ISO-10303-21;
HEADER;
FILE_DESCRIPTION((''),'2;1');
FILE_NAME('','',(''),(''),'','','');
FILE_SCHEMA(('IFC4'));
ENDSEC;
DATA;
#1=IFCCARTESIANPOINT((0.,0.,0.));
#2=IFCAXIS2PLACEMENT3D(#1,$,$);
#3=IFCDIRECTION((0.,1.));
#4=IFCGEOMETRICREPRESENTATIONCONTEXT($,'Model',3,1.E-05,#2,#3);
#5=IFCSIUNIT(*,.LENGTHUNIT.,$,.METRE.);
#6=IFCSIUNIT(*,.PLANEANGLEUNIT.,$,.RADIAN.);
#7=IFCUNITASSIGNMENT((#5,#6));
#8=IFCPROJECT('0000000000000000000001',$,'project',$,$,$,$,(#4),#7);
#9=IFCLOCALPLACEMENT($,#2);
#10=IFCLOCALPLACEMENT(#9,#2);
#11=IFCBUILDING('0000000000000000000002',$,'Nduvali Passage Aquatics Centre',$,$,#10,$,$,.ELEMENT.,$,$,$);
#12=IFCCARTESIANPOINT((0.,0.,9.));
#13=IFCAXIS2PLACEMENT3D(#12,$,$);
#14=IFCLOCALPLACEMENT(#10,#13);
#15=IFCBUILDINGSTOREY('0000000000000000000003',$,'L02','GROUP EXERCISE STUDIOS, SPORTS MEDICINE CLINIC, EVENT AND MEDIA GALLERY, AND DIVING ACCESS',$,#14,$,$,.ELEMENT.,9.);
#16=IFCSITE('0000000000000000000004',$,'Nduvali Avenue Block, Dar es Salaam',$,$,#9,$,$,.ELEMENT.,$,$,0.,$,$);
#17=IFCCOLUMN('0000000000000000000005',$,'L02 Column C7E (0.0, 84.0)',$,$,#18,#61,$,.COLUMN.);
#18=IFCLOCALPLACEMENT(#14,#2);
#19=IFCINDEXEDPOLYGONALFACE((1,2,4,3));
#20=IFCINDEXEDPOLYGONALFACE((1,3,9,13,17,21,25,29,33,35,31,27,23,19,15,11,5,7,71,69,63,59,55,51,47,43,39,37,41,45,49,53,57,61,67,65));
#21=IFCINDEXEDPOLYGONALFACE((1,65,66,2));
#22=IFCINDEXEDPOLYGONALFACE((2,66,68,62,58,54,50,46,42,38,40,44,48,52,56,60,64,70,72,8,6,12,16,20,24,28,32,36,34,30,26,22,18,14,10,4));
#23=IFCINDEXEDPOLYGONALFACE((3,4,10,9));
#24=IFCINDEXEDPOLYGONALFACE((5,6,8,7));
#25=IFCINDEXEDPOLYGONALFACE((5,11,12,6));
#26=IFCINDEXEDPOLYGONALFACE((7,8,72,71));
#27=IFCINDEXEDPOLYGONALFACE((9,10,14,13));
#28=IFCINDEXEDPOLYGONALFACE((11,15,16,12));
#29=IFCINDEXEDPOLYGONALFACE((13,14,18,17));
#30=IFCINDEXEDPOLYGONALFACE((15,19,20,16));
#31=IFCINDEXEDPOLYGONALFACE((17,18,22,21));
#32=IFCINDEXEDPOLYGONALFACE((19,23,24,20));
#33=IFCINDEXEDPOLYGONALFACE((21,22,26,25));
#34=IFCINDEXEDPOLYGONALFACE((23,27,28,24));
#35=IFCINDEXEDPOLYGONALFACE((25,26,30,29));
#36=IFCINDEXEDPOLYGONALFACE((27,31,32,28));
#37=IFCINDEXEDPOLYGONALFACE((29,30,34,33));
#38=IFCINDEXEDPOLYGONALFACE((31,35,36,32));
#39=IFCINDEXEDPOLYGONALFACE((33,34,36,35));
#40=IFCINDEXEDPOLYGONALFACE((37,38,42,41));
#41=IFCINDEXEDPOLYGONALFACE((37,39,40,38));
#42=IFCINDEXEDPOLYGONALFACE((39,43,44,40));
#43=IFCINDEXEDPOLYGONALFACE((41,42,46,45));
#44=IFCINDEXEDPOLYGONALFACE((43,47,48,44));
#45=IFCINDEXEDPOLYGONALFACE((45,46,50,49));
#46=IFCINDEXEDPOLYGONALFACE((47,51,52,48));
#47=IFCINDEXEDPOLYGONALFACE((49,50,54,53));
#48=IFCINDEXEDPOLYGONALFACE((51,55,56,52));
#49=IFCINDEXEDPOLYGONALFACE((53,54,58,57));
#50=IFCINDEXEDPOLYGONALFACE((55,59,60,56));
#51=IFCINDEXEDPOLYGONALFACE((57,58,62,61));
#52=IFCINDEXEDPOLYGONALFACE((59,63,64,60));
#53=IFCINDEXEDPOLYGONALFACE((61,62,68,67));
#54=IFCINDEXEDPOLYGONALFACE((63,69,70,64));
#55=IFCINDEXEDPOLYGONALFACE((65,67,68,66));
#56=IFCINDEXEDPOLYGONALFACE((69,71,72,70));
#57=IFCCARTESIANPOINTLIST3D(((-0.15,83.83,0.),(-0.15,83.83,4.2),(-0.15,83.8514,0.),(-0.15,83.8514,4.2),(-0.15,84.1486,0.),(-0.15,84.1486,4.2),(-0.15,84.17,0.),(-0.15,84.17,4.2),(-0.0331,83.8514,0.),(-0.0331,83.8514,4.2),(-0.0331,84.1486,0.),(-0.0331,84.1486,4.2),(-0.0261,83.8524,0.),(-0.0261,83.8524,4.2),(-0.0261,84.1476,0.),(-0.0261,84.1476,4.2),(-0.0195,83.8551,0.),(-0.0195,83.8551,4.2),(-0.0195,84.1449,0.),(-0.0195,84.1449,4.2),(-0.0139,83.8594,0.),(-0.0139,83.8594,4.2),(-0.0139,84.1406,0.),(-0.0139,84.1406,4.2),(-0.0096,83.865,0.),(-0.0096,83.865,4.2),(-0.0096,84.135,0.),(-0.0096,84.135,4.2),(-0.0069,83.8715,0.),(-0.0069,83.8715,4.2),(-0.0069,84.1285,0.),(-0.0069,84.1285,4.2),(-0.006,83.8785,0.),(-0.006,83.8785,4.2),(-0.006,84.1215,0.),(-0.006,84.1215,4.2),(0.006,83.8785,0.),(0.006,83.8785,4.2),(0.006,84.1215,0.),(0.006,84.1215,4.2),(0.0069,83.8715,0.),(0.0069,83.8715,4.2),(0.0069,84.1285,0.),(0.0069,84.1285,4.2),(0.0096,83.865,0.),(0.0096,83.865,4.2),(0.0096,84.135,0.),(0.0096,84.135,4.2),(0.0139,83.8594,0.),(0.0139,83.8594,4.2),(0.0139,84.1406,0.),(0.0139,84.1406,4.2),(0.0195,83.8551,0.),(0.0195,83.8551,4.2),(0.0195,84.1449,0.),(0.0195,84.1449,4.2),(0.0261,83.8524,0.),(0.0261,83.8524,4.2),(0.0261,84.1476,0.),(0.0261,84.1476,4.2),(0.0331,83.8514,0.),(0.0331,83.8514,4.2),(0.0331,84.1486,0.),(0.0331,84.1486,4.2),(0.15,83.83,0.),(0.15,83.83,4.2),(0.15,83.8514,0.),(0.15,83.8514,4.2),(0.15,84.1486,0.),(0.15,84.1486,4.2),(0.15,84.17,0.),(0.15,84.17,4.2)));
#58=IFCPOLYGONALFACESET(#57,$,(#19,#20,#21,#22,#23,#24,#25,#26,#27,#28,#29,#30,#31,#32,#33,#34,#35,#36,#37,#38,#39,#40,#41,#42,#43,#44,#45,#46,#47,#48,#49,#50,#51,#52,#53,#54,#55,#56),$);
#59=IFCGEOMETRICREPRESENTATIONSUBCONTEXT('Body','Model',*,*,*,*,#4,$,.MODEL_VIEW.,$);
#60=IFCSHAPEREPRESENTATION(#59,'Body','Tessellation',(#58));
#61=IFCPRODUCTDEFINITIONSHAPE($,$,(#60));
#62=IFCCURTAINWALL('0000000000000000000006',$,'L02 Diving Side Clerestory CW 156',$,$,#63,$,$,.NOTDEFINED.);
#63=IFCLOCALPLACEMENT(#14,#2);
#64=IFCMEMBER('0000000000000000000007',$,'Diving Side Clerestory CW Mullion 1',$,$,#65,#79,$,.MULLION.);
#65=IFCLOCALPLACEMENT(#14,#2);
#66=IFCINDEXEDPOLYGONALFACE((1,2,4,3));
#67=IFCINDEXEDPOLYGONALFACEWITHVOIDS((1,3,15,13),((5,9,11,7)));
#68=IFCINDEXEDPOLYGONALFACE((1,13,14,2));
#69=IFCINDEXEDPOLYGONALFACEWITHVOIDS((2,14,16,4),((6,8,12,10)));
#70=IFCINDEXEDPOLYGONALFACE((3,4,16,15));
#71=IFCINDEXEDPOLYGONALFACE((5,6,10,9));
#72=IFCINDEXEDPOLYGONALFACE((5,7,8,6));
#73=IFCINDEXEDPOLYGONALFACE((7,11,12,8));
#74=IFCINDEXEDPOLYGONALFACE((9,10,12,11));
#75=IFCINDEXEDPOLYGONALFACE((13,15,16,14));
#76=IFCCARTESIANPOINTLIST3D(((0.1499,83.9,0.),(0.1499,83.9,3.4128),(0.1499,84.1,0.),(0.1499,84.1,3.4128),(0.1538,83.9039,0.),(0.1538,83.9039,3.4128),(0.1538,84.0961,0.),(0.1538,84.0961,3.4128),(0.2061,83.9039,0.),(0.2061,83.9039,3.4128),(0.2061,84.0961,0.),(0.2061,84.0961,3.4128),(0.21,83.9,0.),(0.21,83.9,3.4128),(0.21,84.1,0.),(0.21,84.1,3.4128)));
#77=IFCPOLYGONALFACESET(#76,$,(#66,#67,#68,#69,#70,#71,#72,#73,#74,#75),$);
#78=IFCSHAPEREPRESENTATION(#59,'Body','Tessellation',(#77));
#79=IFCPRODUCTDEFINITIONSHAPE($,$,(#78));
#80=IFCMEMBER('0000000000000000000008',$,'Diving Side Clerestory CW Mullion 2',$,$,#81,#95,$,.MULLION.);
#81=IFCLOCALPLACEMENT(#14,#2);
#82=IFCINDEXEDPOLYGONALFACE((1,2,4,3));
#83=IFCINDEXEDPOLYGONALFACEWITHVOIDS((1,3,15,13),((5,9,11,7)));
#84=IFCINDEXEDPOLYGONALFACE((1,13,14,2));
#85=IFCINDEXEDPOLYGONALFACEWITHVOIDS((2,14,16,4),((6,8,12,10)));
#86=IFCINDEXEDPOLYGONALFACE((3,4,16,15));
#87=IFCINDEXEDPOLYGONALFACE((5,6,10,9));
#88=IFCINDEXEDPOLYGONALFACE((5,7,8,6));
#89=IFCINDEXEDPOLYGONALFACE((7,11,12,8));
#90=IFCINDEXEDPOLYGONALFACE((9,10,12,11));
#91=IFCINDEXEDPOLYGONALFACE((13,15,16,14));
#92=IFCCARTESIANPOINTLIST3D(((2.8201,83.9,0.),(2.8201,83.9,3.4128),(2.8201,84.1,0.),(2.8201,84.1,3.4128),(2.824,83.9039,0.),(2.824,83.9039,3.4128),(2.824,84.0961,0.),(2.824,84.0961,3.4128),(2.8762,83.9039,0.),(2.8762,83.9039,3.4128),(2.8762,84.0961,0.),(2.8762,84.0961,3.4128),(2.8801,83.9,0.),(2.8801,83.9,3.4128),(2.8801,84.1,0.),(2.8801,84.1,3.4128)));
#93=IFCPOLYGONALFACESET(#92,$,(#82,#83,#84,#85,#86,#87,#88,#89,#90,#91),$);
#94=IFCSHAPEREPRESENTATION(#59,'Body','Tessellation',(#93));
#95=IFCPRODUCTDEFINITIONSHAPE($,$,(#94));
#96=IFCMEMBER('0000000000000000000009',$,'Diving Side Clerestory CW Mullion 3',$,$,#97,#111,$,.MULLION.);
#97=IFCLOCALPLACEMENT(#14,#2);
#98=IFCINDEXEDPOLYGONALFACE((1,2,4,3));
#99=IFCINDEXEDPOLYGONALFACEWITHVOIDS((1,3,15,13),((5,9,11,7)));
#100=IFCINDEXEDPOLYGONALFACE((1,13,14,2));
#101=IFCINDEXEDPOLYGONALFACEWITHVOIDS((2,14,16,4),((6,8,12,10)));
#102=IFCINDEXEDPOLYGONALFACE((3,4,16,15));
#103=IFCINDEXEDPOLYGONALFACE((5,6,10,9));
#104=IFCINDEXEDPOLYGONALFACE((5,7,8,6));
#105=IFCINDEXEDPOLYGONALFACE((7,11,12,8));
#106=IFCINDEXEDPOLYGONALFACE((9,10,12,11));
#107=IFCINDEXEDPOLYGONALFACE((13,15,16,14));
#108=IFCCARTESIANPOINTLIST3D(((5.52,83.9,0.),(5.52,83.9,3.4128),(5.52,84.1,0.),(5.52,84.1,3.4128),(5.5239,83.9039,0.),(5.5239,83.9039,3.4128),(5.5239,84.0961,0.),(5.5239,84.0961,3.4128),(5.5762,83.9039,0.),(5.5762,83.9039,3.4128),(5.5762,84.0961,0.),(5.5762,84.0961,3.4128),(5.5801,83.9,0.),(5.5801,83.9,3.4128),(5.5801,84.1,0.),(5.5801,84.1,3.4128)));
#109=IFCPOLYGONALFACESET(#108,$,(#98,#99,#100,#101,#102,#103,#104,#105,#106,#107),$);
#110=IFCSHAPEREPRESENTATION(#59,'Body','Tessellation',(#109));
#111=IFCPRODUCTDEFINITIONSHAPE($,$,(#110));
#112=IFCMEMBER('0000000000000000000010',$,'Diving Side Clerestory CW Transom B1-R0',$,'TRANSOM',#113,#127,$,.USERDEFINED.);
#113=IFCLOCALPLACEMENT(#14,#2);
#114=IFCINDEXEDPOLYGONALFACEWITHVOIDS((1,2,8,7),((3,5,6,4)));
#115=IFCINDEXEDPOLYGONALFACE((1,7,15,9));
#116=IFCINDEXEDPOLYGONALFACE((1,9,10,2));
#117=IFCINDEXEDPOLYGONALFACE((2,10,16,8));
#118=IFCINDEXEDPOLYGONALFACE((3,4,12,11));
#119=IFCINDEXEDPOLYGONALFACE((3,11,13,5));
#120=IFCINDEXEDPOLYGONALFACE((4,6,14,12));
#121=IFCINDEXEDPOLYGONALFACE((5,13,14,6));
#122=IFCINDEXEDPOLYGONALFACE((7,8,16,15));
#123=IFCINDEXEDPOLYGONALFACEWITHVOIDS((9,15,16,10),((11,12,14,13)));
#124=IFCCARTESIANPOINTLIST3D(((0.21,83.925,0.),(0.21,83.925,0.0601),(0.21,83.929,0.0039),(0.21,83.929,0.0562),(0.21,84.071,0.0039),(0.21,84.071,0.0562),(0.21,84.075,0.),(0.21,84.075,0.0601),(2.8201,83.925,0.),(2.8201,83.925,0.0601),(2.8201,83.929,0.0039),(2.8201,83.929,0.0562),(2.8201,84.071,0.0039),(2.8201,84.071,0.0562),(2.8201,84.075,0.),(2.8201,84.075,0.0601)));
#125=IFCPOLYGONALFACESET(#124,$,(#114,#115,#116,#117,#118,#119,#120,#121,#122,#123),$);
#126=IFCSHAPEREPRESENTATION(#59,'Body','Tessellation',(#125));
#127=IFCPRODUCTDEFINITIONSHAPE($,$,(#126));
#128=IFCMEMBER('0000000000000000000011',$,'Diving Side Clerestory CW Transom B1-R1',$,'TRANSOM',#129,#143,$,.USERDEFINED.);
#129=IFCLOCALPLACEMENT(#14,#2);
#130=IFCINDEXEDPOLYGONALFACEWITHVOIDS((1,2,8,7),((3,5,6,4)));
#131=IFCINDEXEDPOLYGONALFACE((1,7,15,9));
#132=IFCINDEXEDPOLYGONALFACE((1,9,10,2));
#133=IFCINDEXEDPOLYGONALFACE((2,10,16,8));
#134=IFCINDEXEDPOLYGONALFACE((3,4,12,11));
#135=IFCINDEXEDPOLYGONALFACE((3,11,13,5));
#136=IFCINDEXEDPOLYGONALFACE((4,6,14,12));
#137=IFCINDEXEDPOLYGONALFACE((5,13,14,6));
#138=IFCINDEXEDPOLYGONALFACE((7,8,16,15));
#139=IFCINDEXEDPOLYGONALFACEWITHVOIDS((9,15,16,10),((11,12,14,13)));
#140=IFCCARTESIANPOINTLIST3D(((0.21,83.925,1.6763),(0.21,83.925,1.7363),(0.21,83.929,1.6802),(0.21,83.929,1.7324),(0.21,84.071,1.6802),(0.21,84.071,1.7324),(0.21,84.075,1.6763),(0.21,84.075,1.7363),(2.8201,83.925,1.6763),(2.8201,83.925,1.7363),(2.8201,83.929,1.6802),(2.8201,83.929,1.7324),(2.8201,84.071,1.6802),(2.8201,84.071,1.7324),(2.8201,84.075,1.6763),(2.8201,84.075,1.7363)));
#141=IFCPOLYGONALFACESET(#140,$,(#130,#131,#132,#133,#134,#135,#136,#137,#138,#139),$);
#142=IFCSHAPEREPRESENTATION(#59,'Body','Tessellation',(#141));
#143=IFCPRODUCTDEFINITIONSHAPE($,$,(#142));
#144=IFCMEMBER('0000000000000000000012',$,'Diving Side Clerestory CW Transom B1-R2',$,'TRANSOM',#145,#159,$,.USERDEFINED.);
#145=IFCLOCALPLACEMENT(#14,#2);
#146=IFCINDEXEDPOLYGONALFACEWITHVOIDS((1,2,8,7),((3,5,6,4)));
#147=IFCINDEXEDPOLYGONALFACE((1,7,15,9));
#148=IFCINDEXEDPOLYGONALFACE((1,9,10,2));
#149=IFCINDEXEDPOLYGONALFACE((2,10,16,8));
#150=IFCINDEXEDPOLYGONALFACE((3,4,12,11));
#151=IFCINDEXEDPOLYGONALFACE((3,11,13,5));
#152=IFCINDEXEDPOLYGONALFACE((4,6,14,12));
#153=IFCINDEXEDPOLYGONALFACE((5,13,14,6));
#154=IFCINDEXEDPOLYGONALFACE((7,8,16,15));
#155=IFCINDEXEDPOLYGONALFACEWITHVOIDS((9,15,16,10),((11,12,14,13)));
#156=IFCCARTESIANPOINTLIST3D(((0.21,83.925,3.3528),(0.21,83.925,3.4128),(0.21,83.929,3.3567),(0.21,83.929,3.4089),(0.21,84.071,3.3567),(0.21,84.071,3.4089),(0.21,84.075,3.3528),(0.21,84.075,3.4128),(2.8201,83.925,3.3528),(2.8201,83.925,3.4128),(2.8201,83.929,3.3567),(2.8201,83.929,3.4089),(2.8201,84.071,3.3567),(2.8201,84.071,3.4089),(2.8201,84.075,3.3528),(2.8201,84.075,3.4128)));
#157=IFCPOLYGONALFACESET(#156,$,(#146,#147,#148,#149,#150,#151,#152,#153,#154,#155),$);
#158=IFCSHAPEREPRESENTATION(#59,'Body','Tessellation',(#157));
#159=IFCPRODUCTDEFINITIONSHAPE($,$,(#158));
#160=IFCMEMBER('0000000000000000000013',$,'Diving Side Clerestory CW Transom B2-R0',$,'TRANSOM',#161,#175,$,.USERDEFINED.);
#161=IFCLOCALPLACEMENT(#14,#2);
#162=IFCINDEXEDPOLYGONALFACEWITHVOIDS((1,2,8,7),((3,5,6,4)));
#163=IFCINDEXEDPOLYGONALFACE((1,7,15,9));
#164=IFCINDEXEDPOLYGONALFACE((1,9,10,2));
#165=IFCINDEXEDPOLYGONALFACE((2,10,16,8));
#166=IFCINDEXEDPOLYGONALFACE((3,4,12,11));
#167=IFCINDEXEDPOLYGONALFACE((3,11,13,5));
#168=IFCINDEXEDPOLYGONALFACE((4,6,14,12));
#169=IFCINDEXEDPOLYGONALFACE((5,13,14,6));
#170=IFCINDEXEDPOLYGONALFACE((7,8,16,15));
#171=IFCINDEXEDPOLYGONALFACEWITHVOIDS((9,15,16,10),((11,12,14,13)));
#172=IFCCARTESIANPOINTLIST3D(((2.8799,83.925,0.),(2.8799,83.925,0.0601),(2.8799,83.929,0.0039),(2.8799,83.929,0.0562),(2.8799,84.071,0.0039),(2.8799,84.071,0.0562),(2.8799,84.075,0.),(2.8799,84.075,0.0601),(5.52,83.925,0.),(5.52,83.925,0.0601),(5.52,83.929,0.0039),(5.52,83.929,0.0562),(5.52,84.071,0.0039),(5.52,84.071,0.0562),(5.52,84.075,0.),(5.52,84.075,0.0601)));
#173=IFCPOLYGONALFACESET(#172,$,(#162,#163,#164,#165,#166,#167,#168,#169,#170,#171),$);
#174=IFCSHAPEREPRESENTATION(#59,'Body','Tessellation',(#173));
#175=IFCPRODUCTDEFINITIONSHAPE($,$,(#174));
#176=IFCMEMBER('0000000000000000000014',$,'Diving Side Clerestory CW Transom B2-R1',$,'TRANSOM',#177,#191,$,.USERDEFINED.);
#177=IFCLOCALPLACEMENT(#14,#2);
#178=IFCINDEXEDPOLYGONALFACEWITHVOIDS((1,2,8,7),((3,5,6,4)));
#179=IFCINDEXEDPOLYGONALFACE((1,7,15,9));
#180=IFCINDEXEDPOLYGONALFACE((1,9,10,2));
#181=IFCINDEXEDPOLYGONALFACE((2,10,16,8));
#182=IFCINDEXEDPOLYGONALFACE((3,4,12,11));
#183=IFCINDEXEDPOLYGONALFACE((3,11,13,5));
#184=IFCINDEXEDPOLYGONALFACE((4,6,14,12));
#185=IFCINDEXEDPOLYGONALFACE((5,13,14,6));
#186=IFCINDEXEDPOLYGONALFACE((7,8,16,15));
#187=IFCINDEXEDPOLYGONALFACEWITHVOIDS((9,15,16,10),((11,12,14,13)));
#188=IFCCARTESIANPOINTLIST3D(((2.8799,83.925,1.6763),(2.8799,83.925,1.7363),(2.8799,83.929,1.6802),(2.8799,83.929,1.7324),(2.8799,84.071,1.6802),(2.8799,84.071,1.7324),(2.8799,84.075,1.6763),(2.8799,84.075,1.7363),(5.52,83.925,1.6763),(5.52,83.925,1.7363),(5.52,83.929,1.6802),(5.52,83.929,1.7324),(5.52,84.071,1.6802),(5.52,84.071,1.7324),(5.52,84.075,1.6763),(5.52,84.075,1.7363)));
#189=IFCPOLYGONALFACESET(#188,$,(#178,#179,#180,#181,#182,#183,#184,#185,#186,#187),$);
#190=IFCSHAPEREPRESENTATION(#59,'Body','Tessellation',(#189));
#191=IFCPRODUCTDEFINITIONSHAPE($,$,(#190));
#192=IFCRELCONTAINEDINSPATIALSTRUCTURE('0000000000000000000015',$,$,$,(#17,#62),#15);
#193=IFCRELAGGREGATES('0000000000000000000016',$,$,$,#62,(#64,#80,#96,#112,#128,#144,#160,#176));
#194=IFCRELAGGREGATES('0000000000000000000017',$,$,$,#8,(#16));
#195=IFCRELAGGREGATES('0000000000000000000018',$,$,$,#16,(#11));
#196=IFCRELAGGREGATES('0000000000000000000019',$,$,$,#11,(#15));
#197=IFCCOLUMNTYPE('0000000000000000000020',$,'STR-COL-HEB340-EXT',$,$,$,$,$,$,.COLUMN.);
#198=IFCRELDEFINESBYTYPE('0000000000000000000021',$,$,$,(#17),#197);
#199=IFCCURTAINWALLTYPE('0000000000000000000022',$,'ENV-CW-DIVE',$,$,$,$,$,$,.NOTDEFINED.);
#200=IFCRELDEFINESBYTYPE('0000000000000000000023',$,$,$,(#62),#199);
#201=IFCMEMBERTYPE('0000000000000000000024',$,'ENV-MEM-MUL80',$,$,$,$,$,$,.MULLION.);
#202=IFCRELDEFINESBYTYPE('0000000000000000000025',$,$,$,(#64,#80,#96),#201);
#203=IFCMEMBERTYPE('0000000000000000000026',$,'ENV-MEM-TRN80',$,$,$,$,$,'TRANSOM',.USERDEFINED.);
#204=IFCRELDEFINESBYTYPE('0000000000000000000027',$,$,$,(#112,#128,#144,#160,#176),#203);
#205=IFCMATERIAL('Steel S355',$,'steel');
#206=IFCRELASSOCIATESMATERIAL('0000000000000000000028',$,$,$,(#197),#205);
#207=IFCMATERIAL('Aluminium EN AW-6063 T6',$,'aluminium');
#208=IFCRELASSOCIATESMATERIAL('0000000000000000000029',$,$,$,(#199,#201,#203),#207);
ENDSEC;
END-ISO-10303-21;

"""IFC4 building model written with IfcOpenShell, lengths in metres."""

from ifc_helpers import new_model, si_unit, direction, frame, origin, origin_2d, place, context, subcontext, project, spatial, hollow_rectangle, i_section, extrude, material, material_profile, profile_set, type_object, element, aggregate, save


model = new_model("IFC4")

# Units and contexts
model_context = context("Model", 3, precision=1e-05, world=origin(), true_north=direction((0.0, 1.0)))
body_context = subcontext(model_context, "Body", "Model", "MODEL_VIEW")
ifc_project = project(units=[si_unit("LENGTHUNIT", "METRE"), si_unit("PLANEANGLEUNIT", "RADIAN")], contexts=[model_context])

# Site, building, storey
site_placement = place(None, origin())
site = spatial("IfcSite", under=ifc_project, at=site_placement, Name="Nduvali Avenue Block, Dar es Salaam", CompositionType="ELEMENT", RefElevation=0.0)
building_placement = place(site_placement, origin())
building = spatial("IfcBuilding", under=site, at=building_placement, Name="Nduvali Passage Aquatics Centre", CompositionType="ELEMENT")
storey_placement = place(building_placement, frame((0.0, 0.0, 9.0)))
storey = spatial("IfcBuildingStorey", under=building, at=storey_placement, Name="L02", Description="GROUP EXERCISE STUDIOS, SPORTS MEDICINE CLINIC, EVENT AND MEDIA GALLERY, AND DIVING ACCESS", CompositionType="ELEMENT", Elevation=9.0)

# Column
ifc_material_1 = material(Name="Steel S355", Category="steel")
ifc_material_profile_1 = material_profile(ifc_material_1, i_section(OverallWidth=0.3, OverallDepth=0.3401, WebThickness=0.012, FlangeThickness=0.0215, FilletRadius=0.0271, at=origin_2d()), Name="HEB 340")
ifc_profile_set_1 = profile_set([ifc_material_profile_1], Name="Steel S355")
column_type = type_object("IfcColumnType", Name="STR-COL-HEB340-EXT", PredefinedType="COLUMN", material=ifc_profile_set_1)
column_placement = place(storey_placement, frame((0.0, 84.0, 0.0), z_axis=(0.0, 0.0, 1.0), x_axis=(1.0, 0.0, 0.0)))
element("IfcColumn", 1, at=column_placement, inside=storey, type_object=column_type, Name="L02 Column C7E (0.0, 84.0)", PredefinedType="COLUMN", context=body_context, shape_type="SweptSolid", body=[
    extrude(i_section(OverallWidth=0.3, OverallDepth=0.3401, WebThickness=0.012, FlangeThickness=0.0215, FilletRadius=0.0271, at=origin_2d()), origin(), (0.0, 0.0, 1.0), 4.2),
])

# Curtain wall, members
ifc_material_2 = material(Name="Aluminium EN AW-6063 T6", Category="aluminium")
curtain_wall_type = type_object("IfcCurtainWallType", Name="ENV-CW-DIVE", PredefinedType="NOTDEFINED", material=ifc_material_2)
curtain_wall_placement = place(storey_placement, origin())
curtain_wall = element("IfcCurtainWall", 2, at=curtain_wall_placement, inside=storey, type_object=curtain_wall_type, Name="L02 Diving Side Clerestory CW 156", PredefinedType="NOTDEFINED")
ifc_material_profile_2 = material_profile(ifc_material_2, hollow_rectangle(XDim=0.0601, YDim=0.2, WallThickness=0.0039, at=origin_2d()), Name="ALU MULLION 60x200x4")
ifc_profile_set_2 = profile_set([ifc_material_profile_2], Name="Aluminium EN AW-6063 T6")
member_type_1 = type_object("IfcMemberType", Name="ENV-MEM-MUL80", PredefinedType="MULLION", material=ifc_profile_set_2)
member_1_placement = place(storey_placement, frame((0.1799, 84.0, 0.0), z_axis=(0.0, 0.0, 1.0), x_axis=(1.0, 0.0, 0.0)))
member_1 = element("IfcMember", 3, at=member_1_placement, type_object=member_type_1, Name="Diving Side Clerestory CW Mullion 1", PredefinedType="MULLION", context=body_context, shape_type="SweptSolid", body=[
    extrude(hollow_rectangle(XDim=0.0601, YDim=0.2, WallThickness=0.0039, at=origin_2d()), origin(), (0.0, 0.0, 1.0), 3.4128),
])
member_2_placement = place(storey_placement, frame((2.8501, 84.0, 0.0), z_axis=(0.0, 0.0, 1.0), x_axis=(1.0, 0.0, 0.0)))
member_2 = element("IfcMember", 4, at=member_2_placement, type_object=member_type_1, Name="Diving Side Clerestory CW Mullion 2", PredefinedType="MULLION", context=body_context, shape_type="SweptSolid", body=[
    extrude(hollow_rectangle(XDim=0.0601, YDim=0.2, WallThickness=0.0039, at=origin_2d()), origin(), (0.0, 0.0, 1.0), 3.4128),
])
member_3_placement = place(storey_placement, frame((5.55, 84.0, 0.0), z_axis=(0.0, 0.0, 1.0), x_axis=(1.0, 0.0, 0.0)))
member_3 = element("IfcMember", 5, at=member_3_placement, type_object=member_type_1, Name="Diving Side Clerestory CW Mullion 3", PredefinedType="MULLION", context=body_context, shape_type="SweptSolid", body=[
    extrude(hollow_rectangle(XDim=0.0601, YDim=0.2, WallThickness=0.0039, at=origin_2d()), origin(), (0.0, 0.0, 1.0), 3.4128),
])
ifc_material_profile_3 = material_profile(ifc_material_2, hollow_rectangle(XDim=0.1499, YDim=0.0601, WallThickness=0.0039, at=origin_2d()), Name="ALU TRANSOM 150x60x4")
ifc_profile_set_3 = profile_set([ifc_material_profile_3], Name="Aluminium EN AW-6063 T6")
member_type_2 = type_object("IfcMemberType", Name="ENV-MEM-TRN80", ElementType="TRANSOM", PredefinedType="USERDEFINED", material=ifc_profile_set_3)
member_4_placement = place(storey_placement, frame((0.21, 84.0, 0.03), z_axis=(1.0, 0.0, 0.0), x_axis=(0.0, 1.0, 0.0)))
member_4 = element("IfcMember", 6, at=member_4_placement, type_object=member_type_2, Name="Diving Side Clerestory CW Transom B1-R0", ObjectType="TRANSOM", PredefinedType="USERDEFINED", context=body_context, shape_type="SweptSolid", body=[
    extrude(hollow_rectangle(XDim=0.1499, YDim=0.0601, WallThickness=0.0039, at=origin_2d()), origin(), (0.0, 0.0, 1.0), 2.6101),
])
member_5_placement = place(storey_placement, frame((0.21, 84.0, 1.7063), z_axis=(1.0, 0.0, 0.0), x_axis=(0.0, 1.0, 0.0)))
member_5 = element("IfcMember", 7, at=member_5_placement, type_object=member_type_2, Name="Diving Side Clerestory CW Transom B1-R1", ObjectType="TRANSOM", PredefinedType="USERDEFINED", context=body_context, shape_type="SweptSolid", body=[
    extrude(hollow_rectangle(XDim=0.1499, YDim=0.0601, WallThickness=0.0039, at=origin_2d()), origin(), (0.0, 0.0, 1.0), 2.6101),
])
member_6_placement = place(storey_placement, frame((0.21, 84.0, 3.3828), z_axis=(1.0, 0.0, 0.0), x_axis=(0.0, 1.0, 0.0)))
member_6 = element("IfcMember", 8, at=member_6_placement, type_object=member_type_2, Name="Diving Side Clerestory CW Transom B1-R2", ObjectType="TRANSOM", PredefinedType="USERDEFINED", context=body_context, shape_type="SweptSolid", body=[
    extrude(hollow_rectangle(XDim=0.1499, YDim=0.0601, WallThickness=0.0039, at=origin_2d()), origin(), (0.0, 0.0, 1.0), 2.6101),
])
member_7_placement = place(storey_placement, frame((2.8799, 84.0, 0.03), z_axis=(1.0, 0.0, 0.0), x_axis=(0.0, 1.0, 0.0)))
member_7 = element("IfcMember", 9, at=member_7_placement, type_object=member_type_2, Name="Diving Side Clerestory CW Transom B2-R0", ObjectType="TRANSOM", PredefinedType="USERDEFINED", context=body_context, shape_type="SweptSolid", body=[
    extrude(hollow_rectangle(XDim=0.1499, YDim=0.0601, WallThickness=0.0039, at=origin_2d()), origin(), (0.0, 0.0, 1.0), 2.6401),
])
member_8_placement = place(storey_placement, frame((2.8799, 84.0, 1.7063), z_axis=(1.0, 0.0, 0.0), x_axis=(0.0, 1.0, 0.0)))
member_8 = element("IfcMember", 10, at=member_8_placement, type_object=member_type_2, Name="Diving Side Clerestory CW Transom B2-R1", ObjectType="TRANSOM", PredefinedType="USERDEFINED", context=body_context, shape_type="SweptSolid", body=[
    extrude(hollow_rectangle(XDim=0.1499, YDim=0.0601, WallThickness=0.0039, at=origin_2d()), origin(), (0.0, 0.0, 1.0), 2.6401),
])

aggregate(curtain_wall, [member_1, member_2, member_3, member_4, member_5, member_6, member_7, member_8])

save(model, "model.ifc")
